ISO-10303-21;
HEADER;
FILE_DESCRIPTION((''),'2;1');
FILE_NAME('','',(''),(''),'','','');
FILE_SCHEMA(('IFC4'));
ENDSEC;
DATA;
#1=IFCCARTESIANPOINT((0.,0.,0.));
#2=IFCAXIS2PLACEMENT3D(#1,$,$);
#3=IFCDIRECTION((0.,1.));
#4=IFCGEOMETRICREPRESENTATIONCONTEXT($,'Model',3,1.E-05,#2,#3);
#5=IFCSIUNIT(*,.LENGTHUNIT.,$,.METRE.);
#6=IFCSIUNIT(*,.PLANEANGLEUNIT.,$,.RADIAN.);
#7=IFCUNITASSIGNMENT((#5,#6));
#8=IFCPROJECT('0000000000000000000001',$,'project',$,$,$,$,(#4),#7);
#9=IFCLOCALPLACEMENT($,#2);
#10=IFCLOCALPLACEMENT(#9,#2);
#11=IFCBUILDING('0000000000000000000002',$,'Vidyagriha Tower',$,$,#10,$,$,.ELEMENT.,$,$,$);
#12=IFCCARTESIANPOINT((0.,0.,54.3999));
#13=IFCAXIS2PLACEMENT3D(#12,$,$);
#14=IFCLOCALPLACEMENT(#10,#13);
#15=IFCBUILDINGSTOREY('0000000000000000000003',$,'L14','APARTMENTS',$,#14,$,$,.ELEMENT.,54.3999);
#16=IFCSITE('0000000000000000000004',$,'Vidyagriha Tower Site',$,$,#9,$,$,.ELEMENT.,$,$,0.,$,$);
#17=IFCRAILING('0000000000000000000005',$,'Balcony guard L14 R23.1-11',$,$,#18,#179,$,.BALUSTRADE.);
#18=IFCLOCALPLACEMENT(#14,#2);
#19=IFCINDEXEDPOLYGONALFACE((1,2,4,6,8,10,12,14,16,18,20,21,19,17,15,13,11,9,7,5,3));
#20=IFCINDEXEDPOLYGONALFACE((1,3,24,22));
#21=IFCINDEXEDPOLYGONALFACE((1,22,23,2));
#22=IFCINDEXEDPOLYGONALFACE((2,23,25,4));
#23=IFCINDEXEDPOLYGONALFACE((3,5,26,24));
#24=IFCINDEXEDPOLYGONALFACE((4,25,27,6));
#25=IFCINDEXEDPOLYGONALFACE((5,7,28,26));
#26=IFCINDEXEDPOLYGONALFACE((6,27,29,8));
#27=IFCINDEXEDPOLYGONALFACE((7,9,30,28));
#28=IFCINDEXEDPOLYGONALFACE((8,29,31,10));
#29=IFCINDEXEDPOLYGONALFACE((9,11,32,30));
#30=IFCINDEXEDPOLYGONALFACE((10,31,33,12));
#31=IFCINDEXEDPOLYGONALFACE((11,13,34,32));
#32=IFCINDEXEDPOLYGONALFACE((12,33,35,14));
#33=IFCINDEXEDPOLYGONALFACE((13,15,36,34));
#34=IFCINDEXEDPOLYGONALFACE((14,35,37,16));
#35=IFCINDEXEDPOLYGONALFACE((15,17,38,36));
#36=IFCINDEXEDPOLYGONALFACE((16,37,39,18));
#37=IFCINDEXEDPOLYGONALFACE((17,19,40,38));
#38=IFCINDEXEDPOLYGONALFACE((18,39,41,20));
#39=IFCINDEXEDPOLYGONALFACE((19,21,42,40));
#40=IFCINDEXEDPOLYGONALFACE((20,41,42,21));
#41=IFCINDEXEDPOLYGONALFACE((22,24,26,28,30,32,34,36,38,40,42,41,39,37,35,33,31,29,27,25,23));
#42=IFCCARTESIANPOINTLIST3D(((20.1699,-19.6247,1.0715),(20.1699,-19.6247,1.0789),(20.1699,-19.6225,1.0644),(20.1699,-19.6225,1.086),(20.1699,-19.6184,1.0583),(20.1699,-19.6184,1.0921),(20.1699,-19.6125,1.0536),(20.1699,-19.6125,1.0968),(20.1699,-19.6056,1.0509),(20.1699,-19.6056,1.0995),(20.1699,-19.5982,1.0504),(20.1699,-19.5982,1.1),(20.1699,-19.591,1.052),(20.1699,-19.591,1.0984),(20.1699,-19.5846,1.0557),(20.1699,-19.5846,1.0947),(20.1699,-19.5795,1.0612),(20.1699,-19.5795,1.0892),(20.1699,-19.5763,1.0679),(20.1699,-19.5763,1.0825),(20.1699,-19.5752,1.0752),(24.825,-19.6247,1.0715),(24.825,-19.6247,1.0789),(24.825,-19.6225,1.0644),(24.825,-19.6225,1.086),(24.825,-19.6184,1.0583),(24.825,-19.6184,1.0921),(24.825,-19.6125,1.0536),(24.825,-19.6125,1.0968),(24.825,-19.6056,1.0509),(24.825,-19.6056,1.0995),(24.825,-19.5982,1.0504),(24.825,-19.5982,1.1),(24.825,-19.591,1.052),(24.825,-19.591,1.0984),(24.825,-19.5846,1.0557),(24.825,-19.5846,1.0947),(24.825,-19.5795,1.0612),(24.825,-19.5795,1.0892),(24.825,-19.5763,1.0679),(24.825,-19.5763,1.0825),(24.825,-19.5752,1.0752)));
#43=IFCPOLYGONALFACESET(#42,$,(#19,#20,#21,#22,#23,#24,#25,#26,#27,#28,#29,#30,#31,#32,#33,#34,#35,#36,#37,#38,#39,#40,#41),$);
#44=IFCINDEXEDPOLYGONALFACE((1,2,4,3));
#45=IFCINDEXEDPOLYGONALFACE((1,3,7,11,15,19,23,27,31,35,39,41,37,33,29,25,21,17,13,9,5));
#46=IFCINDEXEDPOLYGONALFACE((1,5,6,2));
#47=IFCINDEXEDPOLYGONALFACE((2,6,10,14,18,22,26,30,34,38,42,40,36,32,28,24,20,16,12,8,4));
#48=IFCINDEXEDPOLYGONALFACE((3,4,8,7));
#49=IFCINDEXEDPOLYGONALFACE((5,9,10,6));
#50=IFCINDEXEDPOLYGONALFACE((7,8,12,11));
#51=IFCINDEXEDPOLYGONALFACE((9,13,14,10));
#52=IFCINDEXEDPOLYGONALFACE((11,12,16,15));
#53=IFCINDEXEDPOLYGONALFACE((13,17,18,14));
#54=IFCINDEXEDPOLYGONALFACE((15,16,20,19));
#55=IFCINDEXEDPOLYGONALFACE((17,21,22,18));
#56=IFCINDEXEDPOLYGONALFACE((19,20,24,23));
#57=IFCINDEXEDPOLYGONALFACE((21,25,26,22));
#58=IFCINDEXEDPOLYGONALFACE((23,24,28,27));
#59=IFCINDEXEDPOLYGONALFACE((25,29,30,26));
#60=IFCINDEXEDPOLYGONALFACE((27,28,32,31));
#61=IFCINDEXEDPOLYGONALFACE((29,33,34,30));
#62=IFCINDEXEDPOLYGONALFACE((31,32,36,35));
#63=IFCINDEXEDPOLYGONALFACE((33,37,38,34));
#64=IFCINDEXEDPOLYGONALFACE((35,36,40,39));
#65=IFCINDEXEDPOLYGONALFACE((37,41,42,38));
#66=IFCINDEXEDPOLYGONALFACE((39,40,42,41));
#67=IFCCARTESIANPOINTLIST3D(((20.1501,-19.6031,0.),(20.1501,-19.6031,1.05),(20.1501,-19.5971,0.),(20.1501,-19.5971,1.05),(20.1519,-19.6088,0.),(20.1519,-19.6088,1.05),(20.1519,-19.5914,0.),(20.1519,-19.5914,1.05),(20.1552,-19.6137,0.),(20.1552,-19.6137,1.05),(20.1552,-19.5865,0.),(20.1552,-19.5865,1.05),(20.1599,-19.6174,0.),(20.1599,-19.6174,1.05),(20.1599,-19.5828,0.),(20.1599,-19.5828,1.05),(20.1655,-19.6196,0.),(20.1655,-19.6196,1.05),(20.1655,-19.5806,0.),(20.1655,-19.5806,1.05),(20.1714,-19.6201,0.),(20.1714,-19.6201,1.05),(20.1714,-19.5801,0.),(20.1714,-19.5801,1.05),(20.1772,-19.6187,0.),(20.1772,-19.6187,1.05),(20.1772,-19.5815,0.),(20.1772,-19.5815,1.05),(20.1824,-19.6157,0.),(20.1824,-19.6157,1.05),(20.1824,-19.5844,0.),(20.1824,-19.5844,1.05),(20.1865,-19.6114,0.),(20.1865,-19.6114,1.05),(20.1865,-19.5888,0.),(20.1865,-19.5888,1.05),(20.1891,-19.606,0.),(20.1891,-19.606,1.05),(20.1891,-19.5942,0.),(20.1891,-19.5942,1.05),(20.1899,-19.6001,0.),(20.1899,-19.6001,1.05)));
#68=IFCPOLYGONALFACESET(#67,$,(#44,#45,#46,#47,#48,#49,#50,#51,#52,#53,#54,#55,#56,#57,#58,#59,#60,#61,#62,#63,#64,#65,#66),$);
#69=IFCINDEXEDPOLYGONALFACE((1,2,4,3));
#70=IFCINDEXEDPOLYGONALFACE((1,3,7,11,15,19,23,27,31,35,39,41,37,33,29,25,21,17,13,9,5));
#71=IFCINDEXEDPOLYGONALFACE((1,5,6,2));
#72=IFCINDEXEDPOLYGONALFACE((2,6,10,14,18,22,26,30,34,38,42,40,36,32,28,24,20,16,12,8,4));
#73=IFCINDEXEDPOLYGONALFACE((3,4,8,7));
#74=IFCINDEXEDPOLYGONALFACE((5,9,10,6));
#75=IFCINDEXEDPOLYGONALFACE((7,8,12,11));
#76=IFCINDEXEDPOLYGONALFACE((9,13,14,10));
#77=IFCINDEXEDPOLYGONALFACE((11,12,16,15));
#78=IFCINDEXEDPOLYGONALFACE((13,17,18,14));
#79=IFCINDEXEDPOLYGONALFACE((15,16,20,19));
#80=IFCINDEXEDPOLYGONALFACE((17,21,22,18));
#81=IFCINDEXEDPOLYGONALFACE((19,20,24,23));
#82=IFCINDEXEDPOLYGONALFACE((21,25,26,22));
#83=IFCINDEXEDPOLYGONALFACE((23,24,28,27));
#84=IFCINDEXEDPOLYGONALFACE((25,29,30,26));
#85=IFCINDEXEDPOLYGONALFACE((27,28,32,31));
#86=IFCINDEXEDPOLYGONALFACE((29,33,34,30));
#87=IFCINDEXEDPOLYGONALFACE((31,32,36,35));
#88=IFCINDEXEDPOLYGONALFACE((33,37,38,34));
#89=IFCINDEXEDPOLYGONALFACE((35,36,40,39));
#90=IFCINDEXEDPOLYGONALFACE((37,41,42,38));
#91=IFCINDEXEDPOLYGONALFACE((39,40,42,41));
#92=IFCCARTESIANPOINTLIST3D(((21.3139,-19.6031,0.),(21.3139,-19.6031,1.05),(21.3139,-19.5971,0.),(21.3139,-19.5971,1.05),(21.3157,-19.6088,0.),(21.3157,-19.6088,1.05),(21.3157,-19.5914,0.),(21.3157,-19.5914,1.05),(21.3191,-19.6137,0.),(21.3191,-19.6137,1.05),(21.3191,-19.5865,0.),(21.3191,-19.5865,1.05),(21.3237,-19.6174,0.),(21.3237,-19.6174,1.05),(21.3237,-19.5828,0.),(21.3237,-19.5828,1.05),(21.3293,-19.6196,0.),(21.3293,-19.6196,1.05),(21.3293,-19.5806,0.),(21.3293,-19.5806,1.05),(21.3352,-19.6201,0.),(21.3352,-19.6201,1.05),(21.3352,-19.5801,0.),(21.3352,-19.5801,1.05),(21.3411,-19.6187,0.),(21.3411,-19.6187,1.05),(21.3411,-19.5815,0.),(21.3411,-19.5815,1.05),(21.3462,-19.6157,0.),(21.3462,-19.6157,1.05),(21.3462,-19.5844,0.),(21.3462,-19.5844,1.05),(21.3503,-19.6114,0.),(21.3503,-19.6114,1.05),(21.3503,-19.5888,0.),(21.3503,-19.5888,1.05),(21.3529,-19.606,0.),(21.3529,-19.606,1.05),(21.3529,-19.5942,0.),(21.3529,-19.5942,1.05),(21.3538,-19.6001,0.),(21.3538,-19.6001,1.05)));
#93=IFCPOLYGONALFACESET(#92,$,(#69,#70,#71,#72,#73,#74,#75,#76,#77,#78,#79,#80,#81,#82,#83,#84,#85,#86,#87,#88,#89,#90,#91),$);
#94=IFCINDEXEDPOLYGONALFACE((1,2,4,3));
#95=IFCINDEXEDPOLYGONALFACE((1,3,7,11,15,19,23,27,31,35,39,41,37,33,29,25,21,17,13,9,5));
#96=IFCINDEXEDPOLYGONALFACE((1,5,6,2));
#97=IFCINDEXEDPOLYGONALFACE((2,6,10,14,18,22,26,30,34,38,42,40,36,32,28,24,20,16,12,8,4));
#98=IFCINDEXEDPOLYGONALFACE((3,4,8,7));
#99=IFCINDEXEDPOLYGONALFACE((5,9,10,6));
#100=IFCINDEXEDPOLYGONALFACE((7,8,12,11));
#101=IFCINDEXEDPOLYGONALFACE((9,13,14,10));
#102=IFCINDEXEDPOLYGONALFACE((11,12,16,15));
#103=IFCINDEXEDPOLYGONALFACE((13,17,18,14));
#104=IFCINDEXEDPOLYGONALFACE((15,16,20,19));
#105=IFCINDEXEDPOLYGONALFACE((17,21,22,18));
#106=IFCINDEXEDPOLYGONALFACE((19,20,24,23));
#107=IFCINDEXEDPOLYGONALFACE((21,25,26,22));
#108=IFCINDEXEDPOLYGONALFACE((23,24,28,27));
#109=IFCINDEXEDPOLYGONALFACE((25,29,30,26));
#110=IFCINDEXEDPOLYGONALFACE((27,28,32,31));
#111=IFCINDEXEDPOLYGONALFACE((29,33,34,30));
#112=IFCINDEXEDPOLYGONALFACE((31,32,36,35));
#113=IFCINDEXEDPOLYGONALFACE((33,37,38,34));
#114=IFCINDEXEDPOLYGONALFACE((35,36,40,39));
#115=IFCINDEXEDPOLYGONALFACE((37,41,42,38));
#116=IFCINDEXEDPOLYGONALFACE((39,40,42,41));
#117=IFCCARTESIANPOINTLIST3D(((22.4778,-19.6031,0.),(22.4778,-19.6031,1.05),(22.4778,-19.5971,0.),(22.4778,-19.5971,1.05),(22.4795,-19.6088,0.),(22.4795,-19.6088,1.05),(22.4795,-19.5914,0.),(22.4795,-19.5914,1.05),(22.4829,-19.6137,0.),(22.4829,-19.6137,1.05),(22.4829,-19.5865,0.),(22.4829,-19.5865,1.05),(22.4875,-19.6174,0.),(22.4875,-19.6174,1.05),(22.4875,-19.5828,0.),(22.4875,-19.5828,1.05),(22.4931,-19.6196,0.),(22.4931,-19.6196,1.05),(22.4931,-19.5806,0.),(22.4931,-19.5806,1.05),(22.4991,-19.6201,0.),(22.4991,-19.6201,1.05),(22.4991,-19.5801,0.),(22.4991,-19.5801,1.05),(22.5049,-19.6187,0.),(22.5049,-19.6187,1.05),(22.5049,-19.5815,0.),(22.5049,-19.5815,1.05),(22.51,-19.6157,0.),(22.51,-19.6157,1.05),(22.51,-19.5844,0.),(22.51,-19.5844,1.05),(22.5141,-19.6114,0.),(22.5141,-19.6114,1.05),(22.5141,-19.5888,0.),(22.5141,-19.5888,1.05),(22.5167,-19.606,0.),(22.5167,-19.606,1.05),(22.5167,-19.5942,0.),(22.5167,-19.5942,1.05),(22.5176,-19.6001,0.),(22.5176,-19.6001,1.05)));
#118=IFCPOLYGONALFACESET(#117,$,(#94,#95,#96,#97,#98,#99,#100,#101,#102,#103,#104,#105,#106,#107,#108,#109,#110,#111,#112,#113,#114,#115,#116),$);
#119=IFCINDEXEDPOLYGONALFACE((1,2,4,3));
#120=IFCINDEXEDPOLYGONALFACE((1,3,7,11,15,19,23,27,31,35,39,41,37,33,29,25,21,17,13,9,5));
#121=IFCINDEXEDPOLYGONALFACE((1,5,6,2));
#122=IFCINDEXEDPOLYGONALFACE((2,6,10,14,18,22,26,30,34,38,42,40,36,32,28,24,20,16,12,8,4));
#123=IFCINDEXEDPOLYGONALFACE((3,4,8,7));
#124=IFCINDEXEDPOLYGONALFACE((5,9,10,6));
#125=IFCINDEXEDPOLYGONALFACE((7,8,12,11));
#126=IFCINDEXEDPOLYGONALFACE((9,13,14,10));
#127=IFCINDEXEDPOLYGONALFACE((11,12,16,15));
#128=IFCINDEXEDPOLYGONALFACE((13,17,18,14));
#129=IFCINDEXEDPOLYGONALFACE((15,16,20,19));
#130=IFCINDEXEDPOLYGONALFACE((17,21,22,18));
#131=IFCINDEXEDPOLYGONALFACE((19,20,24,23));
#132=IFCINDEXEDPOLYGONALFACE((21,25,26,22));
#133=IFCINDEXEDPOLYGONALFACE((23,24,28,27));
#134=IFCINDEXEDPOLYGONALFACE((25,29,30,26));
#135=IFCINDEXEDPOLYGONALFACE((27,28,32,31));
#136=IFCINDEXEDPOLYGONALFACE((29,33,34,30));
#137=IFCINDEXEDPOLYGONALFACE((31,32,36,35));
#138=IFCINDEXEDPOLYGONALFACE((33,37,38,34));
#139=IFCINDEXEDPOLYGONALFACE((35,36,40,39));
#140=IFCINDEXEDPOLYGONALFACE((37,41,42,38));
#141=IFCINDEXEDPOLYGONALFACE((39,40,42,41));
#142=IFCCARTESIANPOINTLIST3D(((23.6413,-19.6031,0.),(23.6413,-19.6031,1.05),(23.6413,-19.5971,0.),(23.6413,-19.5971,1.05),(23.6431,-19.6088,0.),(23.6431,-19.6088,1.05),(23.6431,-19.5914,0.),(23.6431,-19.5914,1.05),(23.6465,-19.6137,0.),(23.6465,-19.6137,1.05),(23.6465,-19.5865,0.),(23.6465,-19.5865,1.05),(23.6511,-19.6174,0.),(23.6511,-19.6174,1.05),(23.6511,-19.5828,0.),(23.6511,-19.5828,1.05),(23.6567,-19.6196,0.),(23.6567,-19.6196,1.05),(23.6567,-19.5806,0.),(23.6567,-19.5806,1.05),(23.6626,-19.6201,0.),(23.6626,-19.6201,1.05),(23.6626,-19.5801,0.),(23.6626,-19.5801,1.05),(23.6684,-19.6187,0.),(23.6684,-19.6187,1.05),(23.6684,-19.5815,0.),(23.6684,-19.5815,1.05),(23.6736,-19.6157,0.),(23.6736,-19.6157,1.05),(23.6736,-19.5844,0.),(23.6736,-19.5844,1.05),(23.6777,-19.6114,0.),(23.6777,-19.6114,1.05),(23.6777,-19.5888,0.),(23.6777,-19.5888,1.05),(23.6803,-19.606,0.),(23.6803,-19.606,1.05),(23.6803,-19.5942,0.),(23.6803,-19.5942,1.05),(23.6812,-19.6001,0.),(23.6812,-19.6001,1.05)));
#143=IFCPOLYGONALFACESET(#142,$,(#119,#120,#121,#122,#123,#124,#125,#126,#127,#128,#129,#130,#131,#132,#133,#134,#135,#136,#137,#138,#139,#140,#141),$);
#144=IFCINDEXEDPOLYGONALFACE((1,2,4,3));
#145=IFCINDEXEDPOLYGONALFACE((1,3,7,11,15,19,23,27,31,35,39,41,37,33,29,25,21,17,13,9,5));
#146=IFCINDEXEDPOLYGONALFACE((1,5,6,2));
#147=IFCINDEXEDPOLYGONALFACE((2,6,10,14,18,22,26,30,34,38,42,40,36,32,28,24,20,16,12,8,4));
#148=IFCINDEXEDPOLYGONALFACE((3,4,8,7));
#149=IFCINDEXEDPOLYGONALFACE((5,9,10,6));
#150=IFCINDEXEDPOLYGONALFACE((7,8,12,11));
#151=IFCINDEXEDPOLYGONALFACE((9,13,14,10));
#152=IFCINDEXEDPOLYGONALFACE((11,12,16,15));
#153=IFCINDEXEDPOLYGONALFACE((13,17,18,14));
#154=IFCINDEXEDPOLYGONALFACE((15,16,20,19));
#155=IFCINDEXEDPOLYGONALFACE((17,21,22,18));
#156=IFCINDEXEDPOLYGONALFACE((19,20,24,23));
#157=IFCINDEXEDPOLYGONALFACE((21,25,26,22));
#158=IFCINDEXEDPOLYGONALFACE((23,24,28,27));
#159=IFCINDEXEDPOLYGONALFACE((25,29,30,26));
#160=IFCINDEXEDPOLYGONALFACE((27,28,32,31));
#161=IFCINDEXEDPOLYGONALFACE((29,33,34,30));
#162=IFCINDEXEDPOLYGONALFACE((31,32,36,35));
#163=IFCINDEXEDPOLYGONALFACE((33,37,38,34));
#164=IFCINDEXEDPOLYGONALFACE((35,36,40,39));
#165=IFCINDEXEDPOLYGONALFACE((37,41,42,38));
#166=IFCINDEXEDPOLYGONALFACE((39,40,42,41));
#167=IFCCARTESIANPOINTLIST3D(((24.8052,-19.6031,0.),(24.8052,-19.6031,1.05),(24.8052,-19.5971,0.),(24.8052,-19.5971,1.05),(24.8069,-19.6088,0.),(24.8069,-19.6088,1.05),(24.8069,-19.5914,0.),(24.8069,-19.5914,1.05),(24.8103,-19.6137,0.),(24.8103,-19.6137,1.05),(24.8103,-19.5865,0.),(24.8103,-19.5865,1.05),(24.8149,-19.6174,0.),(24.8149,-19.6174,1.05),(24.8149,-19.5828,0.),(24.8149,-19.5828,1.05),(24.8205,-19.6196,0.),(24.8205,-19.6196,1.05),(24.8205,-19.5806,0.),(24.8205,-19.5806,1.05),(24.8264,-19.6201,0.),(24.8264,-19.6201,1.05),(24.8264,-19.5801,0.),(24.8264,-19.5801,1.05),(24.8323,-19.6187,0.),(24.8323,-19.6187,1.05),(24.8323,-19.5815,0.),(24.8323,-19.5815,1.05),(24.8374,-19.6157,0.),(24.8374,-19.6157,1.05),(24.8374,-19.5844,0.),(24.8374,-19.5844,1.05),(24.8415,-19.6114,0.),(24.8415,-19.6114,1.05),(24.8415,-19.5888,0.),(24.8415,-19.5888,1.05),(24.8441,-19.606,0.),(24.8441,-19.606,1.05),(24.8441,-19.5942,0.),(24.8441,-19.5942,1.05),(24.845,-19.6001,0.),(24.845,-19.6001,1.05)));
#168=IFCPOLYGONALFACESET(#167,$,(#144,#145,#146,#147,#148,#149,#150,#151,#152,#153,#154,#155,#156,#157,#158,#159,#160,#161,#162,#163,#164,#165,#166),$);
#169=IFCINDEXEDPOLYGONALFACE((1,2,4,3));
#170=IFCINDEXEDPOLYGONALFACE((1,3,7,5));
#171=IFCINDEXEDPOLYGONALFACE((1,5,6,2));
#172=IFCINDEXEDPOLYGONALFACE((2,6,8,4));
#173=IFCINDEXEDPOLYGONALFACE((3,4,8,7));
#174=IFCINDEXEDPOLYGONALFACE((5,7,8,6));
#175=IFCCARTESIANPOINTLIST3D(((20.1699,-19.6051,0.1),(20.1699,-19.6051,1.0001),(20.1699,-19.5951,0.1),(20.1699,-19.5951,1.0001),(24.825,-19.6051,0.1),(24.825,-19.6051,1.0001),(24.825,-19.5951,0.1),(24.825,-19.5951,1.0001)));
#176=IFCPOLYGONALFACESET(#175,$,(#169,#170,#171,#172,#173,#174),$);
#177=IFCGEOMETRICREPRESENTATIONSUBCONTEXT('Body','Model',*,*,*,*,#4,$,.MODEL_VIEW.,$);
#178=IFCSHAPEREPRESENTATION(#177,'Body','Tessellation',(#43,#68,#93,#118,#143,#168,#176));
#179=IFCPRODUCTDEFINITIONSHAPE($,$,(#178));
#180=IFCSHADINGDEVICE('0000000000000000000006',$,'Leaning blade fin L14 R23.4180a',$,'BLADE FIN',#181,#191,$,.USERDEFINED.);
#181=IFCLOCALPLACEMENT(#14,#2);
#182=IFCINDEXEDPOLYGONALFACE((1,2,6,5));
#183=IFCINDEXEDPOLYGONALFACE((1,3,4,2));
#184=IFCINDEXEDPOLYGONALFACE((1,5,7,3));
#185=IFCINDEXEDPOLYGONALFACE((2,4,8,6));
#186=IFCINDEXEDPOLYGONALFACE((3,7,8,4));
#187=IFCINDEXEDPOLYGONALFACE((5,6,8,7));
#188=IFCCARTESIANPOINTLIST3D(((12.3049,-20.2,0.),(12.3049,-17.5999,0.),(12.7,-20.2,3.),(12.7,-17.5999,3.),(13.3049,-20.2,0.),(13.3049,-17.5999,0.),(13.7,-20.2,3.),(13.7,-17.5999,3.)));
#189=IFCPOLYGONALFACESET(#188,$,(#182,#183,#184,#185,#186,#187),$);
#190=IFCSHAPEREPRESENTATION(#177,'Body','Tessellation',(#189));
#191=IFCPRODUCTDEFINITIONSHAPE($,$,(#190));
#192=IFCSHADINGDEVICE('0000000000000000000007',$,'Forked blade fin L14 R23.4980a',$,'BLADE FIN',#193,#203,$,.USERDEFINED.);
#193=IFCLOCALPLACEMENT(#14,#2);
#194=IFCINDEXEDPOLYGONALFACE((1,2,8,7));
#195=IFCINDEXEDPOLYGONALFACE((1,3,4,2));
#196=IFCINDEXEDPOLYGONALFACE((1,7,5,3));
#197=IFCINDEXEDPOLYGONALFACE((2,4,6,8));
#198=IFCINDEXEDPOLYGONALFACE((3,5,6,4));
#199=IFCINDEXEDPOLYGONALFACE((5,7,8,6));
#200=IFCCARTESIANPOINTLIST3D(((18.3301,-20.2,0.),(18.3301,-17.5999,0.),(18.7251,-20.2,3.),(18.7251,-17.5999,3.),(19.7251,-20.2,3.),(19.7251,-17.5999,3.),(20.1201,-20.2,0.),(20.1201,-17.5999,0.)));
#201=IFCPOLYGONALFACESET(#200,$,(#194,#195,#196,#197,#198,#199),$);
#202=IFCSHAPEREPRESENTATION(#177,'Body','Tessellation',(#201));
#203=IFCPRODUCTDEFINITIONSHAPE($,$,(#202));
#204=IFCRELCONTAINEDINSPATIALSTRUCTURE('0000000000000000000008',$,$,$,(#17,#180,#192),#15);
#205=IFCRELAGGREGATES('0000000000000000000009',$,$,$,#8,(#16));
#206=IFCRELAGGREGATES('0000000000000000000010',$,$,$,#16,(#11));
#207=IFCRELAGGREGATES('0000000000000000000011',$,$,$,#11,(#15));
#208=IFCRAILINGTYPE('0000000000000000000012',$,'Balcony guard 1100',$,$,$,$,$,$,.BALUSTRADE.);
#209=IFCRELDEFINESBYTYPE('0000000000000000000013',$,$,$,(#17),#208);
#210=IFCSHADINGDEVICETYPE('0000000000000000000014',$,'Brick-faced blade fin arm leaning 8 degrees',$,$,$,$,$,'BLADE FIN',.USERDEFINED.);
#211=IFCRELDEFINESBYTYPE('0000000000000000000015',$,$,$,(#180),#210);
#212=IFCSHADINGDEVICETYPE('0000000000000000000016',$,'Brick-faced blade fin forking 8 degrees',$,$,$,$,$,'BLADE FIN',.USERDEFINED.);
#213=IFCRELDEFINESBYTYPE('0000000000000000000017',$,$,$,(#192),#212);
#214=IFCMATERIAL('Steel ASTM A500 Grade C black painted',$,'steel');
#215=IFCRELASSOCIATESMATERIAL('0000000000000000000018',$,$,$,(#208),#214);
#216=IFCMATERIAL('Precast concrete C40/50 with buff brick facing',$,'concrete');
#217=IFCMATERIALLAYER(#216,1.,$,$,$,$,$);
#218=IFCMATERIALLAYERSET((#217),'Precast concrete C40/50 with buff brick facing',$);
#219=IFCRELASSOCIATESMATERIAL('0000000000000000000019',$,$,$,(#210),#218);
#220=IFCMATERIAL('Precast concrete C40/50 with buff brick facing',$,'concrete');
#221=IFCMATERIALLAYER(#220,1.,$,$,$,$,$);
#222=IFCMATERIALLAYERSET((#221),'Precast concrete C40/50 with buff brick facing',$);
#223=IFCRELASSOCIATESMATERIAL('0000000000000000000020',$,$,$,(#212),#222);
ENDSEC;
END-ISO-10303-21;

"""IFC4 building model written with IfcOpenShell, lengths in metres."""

from ifc_helpers import new_model, si_unit, direction, frame, origin, origin_2d, place, context, subcontext, project, spatial, polyline, rectangle, circle, outline, extrude, material, layer, layer_set, type_object, element, save


model = new_model("IFC4")

# Units and contexts
model_context = context("Model", 3, precision=1e-05, world=origin(), true_north=direction((0.0, 1.0)))
body_context = subcontext(model_context, "Body", "Model", "MODEL_VIEW")
ifc_project = project(units=[si_unit("LENGTHUNIT", "METRE"), si_unit("PLANEANGLEUNIT", "RADIAN")], contexts=[model_context])

# Site, building, storey
site_placement = place(None, origin())
site = spatial("IfcSite", under=ifc_project, at=site_placement, Name="Vidyagriha Tower Site", CompositionType="ELEMENT", RefElevation=0.0)
building_placement = place(site_placement, origin())
building = spatial("IfcBuilding", under=site, at=building_placement, Name="Vidyagriha Tower", CompositionType="ELEMENT")
storey_placement = place(building_placement, frame((0.0, 0.0, 54.3999)))
storey = spatial("IfcBuildingStorey", under=building, at=storey_placement, Name="L14", Description="APARTMENTS", CompositionType="ELEMENT", Elevation=54.3999)

# Railing
ifc_material_1 = material(Name="Steel ASTM A500 Grade C black painted", Category="steel")
railing_type = type_object("IfcRailingType", Name="Balcony guard 1100", PredefinedType="BALUSTRADE", material=ifc_material_1)
railing_1_placement = place(storey_placement, frame((20.1699, -19.6001, 0.0)))
element("IfcRailing", 1, at=railing_1_placement, inside=storey, type_object=railing_type, Name="Balcony guard L14 R23.1-11", PredefinedType="BALUSTRADE", context=body_context, shape_type="SweptSolid", body=[
    extrude(circle(Radius=0.0249, at=origin_2d()), frame((0.0, 0.0, 1.0752), z_axis=(1.0, 0.0, 0.0), x_axis=(0.0, 1.0, 0.0)), (0.0, 0.0, 1.0), 4.655),
    extrude(circle(Radius=0.02, at=origin_2d()), origin(), (0.0, 0.0, 1.0), 1.05),
    extrude(circle(Radius=0.02, at=origin_2d()), frame((1.1638, 0.0, 0.0)), (0.0, 0.0, 1.0), 1.05),
    extrude(circle(Radius=0.02, at=origin_2d()), frame((2.3276, 0.0, 0.0)), (0.0, 0.0, 1.0), 1.05),
    extrude(circle(Radius=0.02, at=origin_2d()), frame((3.4912, 0.0, 0.0)), (0.0, 0.0, 1.0), 1.05),
    extrude(circle(Radius=0.02, at=origin_2d()), frame((4.655, 0.0, 0.0)), (0.0, 0.0, 1.0), 1.05),
    extrude(rectangle(XDim=0.01, YDim=0.9001, at=origin_2d()), frame((0.0, 0.0, 0.55), z_axis=(1.0, 0.0, 0.0), x_axis=(0.0, 1.0, 0.0)), (0.0, 0.0, 1.0), 4.655),
])

# Shading devices
ifc_material_2 = material(Name="Precast concrete C40/50 with buff brick facing", Category="concrete")
ifc_layer_1 = layer(ifc_material_2, 1.0)
ifc_layer_set_1 = layer_set([ifc_layer_1], Name="Precast concrete C40/50 with buff brick facing")
shading_device_type_1 = type_object("IfcShadingDeviceType", Name="Brick-faced blade fin arm leaning 8 degrees", ElementType="BLADE FIN", PredefinedType="USERDEFINED", material=ifc_layer_set_1)
shading_device_1_placement = place(storey_placement, frame((12.3049, -18.8999, 0.0)))
element("IfcShadingDevice", 2, at=shading_device_1_placement, inside=storey, type_object=shading_device_type_1, Name="Leaning blade fin L14 R23.4180a", ObjectType="BLADE FIN", PredefinedType="USERDEFINED", context=body_context, shape_type="SweptSolid", body=[
    extrude(outline(polyline([(0.0, 0.0), (1.0, 0.0), (1.395, 3.0), (0.395, 3.0), (0.0, 0.0)])), frame((0.0, 1.3, 0.0), z_axis=(0.0, -1.0, 0.0), x_axis=(1.0, 0.0, 0.0)), (0.0, 0.0, 1.0), 2.6001),
])
ifc_material_3 = material(Name="Precast concrete C40/50 with buff brick facing", Category="concrete")
ifc_layer_2 = layer(ifc_material_3, 1.0)
ifc_layer_set_2 = layer_set([ifc_layer_2], Name="Precast concrete C40/50 with buff brick facing")
shading_device_type_2 = type_object("IfcShadingDeviceType", Name="Brick-faced blade fin forking 8 degrees", ElementType="BLADE FIN", PredefinedType="USERDEFINED", material=ifc_layer_set_2)
shading_device_2_placement = place(storey_placement, frame((18.3301, -18.8999, 0.0)))
element("IfcShadingDevice", 3, at=shading_device_2_placement, inside=storey, type_object=shading_device_type_2, Name="Forked blade fin L14 R23.4980a", ObjectType="BLADE FIN", PredefinedType="USERDEFINED", context=body_context, shape_type="SweptSolid", body=[
    extrude(outline(polyline([(0.0, 0.0), (1.79, 0.0), (1.395, 3.0), (0.395, 3.0), (0.0, 0.0)])), frame((0.0, 1.3, 0.0), z_axis=(0.0, -1.0, 0.0), x_axis=(1.0, 0.0, 0.0)), (0.0, 0.0, 1.0), 2.6001),
])

save(model, "model.ifc")
